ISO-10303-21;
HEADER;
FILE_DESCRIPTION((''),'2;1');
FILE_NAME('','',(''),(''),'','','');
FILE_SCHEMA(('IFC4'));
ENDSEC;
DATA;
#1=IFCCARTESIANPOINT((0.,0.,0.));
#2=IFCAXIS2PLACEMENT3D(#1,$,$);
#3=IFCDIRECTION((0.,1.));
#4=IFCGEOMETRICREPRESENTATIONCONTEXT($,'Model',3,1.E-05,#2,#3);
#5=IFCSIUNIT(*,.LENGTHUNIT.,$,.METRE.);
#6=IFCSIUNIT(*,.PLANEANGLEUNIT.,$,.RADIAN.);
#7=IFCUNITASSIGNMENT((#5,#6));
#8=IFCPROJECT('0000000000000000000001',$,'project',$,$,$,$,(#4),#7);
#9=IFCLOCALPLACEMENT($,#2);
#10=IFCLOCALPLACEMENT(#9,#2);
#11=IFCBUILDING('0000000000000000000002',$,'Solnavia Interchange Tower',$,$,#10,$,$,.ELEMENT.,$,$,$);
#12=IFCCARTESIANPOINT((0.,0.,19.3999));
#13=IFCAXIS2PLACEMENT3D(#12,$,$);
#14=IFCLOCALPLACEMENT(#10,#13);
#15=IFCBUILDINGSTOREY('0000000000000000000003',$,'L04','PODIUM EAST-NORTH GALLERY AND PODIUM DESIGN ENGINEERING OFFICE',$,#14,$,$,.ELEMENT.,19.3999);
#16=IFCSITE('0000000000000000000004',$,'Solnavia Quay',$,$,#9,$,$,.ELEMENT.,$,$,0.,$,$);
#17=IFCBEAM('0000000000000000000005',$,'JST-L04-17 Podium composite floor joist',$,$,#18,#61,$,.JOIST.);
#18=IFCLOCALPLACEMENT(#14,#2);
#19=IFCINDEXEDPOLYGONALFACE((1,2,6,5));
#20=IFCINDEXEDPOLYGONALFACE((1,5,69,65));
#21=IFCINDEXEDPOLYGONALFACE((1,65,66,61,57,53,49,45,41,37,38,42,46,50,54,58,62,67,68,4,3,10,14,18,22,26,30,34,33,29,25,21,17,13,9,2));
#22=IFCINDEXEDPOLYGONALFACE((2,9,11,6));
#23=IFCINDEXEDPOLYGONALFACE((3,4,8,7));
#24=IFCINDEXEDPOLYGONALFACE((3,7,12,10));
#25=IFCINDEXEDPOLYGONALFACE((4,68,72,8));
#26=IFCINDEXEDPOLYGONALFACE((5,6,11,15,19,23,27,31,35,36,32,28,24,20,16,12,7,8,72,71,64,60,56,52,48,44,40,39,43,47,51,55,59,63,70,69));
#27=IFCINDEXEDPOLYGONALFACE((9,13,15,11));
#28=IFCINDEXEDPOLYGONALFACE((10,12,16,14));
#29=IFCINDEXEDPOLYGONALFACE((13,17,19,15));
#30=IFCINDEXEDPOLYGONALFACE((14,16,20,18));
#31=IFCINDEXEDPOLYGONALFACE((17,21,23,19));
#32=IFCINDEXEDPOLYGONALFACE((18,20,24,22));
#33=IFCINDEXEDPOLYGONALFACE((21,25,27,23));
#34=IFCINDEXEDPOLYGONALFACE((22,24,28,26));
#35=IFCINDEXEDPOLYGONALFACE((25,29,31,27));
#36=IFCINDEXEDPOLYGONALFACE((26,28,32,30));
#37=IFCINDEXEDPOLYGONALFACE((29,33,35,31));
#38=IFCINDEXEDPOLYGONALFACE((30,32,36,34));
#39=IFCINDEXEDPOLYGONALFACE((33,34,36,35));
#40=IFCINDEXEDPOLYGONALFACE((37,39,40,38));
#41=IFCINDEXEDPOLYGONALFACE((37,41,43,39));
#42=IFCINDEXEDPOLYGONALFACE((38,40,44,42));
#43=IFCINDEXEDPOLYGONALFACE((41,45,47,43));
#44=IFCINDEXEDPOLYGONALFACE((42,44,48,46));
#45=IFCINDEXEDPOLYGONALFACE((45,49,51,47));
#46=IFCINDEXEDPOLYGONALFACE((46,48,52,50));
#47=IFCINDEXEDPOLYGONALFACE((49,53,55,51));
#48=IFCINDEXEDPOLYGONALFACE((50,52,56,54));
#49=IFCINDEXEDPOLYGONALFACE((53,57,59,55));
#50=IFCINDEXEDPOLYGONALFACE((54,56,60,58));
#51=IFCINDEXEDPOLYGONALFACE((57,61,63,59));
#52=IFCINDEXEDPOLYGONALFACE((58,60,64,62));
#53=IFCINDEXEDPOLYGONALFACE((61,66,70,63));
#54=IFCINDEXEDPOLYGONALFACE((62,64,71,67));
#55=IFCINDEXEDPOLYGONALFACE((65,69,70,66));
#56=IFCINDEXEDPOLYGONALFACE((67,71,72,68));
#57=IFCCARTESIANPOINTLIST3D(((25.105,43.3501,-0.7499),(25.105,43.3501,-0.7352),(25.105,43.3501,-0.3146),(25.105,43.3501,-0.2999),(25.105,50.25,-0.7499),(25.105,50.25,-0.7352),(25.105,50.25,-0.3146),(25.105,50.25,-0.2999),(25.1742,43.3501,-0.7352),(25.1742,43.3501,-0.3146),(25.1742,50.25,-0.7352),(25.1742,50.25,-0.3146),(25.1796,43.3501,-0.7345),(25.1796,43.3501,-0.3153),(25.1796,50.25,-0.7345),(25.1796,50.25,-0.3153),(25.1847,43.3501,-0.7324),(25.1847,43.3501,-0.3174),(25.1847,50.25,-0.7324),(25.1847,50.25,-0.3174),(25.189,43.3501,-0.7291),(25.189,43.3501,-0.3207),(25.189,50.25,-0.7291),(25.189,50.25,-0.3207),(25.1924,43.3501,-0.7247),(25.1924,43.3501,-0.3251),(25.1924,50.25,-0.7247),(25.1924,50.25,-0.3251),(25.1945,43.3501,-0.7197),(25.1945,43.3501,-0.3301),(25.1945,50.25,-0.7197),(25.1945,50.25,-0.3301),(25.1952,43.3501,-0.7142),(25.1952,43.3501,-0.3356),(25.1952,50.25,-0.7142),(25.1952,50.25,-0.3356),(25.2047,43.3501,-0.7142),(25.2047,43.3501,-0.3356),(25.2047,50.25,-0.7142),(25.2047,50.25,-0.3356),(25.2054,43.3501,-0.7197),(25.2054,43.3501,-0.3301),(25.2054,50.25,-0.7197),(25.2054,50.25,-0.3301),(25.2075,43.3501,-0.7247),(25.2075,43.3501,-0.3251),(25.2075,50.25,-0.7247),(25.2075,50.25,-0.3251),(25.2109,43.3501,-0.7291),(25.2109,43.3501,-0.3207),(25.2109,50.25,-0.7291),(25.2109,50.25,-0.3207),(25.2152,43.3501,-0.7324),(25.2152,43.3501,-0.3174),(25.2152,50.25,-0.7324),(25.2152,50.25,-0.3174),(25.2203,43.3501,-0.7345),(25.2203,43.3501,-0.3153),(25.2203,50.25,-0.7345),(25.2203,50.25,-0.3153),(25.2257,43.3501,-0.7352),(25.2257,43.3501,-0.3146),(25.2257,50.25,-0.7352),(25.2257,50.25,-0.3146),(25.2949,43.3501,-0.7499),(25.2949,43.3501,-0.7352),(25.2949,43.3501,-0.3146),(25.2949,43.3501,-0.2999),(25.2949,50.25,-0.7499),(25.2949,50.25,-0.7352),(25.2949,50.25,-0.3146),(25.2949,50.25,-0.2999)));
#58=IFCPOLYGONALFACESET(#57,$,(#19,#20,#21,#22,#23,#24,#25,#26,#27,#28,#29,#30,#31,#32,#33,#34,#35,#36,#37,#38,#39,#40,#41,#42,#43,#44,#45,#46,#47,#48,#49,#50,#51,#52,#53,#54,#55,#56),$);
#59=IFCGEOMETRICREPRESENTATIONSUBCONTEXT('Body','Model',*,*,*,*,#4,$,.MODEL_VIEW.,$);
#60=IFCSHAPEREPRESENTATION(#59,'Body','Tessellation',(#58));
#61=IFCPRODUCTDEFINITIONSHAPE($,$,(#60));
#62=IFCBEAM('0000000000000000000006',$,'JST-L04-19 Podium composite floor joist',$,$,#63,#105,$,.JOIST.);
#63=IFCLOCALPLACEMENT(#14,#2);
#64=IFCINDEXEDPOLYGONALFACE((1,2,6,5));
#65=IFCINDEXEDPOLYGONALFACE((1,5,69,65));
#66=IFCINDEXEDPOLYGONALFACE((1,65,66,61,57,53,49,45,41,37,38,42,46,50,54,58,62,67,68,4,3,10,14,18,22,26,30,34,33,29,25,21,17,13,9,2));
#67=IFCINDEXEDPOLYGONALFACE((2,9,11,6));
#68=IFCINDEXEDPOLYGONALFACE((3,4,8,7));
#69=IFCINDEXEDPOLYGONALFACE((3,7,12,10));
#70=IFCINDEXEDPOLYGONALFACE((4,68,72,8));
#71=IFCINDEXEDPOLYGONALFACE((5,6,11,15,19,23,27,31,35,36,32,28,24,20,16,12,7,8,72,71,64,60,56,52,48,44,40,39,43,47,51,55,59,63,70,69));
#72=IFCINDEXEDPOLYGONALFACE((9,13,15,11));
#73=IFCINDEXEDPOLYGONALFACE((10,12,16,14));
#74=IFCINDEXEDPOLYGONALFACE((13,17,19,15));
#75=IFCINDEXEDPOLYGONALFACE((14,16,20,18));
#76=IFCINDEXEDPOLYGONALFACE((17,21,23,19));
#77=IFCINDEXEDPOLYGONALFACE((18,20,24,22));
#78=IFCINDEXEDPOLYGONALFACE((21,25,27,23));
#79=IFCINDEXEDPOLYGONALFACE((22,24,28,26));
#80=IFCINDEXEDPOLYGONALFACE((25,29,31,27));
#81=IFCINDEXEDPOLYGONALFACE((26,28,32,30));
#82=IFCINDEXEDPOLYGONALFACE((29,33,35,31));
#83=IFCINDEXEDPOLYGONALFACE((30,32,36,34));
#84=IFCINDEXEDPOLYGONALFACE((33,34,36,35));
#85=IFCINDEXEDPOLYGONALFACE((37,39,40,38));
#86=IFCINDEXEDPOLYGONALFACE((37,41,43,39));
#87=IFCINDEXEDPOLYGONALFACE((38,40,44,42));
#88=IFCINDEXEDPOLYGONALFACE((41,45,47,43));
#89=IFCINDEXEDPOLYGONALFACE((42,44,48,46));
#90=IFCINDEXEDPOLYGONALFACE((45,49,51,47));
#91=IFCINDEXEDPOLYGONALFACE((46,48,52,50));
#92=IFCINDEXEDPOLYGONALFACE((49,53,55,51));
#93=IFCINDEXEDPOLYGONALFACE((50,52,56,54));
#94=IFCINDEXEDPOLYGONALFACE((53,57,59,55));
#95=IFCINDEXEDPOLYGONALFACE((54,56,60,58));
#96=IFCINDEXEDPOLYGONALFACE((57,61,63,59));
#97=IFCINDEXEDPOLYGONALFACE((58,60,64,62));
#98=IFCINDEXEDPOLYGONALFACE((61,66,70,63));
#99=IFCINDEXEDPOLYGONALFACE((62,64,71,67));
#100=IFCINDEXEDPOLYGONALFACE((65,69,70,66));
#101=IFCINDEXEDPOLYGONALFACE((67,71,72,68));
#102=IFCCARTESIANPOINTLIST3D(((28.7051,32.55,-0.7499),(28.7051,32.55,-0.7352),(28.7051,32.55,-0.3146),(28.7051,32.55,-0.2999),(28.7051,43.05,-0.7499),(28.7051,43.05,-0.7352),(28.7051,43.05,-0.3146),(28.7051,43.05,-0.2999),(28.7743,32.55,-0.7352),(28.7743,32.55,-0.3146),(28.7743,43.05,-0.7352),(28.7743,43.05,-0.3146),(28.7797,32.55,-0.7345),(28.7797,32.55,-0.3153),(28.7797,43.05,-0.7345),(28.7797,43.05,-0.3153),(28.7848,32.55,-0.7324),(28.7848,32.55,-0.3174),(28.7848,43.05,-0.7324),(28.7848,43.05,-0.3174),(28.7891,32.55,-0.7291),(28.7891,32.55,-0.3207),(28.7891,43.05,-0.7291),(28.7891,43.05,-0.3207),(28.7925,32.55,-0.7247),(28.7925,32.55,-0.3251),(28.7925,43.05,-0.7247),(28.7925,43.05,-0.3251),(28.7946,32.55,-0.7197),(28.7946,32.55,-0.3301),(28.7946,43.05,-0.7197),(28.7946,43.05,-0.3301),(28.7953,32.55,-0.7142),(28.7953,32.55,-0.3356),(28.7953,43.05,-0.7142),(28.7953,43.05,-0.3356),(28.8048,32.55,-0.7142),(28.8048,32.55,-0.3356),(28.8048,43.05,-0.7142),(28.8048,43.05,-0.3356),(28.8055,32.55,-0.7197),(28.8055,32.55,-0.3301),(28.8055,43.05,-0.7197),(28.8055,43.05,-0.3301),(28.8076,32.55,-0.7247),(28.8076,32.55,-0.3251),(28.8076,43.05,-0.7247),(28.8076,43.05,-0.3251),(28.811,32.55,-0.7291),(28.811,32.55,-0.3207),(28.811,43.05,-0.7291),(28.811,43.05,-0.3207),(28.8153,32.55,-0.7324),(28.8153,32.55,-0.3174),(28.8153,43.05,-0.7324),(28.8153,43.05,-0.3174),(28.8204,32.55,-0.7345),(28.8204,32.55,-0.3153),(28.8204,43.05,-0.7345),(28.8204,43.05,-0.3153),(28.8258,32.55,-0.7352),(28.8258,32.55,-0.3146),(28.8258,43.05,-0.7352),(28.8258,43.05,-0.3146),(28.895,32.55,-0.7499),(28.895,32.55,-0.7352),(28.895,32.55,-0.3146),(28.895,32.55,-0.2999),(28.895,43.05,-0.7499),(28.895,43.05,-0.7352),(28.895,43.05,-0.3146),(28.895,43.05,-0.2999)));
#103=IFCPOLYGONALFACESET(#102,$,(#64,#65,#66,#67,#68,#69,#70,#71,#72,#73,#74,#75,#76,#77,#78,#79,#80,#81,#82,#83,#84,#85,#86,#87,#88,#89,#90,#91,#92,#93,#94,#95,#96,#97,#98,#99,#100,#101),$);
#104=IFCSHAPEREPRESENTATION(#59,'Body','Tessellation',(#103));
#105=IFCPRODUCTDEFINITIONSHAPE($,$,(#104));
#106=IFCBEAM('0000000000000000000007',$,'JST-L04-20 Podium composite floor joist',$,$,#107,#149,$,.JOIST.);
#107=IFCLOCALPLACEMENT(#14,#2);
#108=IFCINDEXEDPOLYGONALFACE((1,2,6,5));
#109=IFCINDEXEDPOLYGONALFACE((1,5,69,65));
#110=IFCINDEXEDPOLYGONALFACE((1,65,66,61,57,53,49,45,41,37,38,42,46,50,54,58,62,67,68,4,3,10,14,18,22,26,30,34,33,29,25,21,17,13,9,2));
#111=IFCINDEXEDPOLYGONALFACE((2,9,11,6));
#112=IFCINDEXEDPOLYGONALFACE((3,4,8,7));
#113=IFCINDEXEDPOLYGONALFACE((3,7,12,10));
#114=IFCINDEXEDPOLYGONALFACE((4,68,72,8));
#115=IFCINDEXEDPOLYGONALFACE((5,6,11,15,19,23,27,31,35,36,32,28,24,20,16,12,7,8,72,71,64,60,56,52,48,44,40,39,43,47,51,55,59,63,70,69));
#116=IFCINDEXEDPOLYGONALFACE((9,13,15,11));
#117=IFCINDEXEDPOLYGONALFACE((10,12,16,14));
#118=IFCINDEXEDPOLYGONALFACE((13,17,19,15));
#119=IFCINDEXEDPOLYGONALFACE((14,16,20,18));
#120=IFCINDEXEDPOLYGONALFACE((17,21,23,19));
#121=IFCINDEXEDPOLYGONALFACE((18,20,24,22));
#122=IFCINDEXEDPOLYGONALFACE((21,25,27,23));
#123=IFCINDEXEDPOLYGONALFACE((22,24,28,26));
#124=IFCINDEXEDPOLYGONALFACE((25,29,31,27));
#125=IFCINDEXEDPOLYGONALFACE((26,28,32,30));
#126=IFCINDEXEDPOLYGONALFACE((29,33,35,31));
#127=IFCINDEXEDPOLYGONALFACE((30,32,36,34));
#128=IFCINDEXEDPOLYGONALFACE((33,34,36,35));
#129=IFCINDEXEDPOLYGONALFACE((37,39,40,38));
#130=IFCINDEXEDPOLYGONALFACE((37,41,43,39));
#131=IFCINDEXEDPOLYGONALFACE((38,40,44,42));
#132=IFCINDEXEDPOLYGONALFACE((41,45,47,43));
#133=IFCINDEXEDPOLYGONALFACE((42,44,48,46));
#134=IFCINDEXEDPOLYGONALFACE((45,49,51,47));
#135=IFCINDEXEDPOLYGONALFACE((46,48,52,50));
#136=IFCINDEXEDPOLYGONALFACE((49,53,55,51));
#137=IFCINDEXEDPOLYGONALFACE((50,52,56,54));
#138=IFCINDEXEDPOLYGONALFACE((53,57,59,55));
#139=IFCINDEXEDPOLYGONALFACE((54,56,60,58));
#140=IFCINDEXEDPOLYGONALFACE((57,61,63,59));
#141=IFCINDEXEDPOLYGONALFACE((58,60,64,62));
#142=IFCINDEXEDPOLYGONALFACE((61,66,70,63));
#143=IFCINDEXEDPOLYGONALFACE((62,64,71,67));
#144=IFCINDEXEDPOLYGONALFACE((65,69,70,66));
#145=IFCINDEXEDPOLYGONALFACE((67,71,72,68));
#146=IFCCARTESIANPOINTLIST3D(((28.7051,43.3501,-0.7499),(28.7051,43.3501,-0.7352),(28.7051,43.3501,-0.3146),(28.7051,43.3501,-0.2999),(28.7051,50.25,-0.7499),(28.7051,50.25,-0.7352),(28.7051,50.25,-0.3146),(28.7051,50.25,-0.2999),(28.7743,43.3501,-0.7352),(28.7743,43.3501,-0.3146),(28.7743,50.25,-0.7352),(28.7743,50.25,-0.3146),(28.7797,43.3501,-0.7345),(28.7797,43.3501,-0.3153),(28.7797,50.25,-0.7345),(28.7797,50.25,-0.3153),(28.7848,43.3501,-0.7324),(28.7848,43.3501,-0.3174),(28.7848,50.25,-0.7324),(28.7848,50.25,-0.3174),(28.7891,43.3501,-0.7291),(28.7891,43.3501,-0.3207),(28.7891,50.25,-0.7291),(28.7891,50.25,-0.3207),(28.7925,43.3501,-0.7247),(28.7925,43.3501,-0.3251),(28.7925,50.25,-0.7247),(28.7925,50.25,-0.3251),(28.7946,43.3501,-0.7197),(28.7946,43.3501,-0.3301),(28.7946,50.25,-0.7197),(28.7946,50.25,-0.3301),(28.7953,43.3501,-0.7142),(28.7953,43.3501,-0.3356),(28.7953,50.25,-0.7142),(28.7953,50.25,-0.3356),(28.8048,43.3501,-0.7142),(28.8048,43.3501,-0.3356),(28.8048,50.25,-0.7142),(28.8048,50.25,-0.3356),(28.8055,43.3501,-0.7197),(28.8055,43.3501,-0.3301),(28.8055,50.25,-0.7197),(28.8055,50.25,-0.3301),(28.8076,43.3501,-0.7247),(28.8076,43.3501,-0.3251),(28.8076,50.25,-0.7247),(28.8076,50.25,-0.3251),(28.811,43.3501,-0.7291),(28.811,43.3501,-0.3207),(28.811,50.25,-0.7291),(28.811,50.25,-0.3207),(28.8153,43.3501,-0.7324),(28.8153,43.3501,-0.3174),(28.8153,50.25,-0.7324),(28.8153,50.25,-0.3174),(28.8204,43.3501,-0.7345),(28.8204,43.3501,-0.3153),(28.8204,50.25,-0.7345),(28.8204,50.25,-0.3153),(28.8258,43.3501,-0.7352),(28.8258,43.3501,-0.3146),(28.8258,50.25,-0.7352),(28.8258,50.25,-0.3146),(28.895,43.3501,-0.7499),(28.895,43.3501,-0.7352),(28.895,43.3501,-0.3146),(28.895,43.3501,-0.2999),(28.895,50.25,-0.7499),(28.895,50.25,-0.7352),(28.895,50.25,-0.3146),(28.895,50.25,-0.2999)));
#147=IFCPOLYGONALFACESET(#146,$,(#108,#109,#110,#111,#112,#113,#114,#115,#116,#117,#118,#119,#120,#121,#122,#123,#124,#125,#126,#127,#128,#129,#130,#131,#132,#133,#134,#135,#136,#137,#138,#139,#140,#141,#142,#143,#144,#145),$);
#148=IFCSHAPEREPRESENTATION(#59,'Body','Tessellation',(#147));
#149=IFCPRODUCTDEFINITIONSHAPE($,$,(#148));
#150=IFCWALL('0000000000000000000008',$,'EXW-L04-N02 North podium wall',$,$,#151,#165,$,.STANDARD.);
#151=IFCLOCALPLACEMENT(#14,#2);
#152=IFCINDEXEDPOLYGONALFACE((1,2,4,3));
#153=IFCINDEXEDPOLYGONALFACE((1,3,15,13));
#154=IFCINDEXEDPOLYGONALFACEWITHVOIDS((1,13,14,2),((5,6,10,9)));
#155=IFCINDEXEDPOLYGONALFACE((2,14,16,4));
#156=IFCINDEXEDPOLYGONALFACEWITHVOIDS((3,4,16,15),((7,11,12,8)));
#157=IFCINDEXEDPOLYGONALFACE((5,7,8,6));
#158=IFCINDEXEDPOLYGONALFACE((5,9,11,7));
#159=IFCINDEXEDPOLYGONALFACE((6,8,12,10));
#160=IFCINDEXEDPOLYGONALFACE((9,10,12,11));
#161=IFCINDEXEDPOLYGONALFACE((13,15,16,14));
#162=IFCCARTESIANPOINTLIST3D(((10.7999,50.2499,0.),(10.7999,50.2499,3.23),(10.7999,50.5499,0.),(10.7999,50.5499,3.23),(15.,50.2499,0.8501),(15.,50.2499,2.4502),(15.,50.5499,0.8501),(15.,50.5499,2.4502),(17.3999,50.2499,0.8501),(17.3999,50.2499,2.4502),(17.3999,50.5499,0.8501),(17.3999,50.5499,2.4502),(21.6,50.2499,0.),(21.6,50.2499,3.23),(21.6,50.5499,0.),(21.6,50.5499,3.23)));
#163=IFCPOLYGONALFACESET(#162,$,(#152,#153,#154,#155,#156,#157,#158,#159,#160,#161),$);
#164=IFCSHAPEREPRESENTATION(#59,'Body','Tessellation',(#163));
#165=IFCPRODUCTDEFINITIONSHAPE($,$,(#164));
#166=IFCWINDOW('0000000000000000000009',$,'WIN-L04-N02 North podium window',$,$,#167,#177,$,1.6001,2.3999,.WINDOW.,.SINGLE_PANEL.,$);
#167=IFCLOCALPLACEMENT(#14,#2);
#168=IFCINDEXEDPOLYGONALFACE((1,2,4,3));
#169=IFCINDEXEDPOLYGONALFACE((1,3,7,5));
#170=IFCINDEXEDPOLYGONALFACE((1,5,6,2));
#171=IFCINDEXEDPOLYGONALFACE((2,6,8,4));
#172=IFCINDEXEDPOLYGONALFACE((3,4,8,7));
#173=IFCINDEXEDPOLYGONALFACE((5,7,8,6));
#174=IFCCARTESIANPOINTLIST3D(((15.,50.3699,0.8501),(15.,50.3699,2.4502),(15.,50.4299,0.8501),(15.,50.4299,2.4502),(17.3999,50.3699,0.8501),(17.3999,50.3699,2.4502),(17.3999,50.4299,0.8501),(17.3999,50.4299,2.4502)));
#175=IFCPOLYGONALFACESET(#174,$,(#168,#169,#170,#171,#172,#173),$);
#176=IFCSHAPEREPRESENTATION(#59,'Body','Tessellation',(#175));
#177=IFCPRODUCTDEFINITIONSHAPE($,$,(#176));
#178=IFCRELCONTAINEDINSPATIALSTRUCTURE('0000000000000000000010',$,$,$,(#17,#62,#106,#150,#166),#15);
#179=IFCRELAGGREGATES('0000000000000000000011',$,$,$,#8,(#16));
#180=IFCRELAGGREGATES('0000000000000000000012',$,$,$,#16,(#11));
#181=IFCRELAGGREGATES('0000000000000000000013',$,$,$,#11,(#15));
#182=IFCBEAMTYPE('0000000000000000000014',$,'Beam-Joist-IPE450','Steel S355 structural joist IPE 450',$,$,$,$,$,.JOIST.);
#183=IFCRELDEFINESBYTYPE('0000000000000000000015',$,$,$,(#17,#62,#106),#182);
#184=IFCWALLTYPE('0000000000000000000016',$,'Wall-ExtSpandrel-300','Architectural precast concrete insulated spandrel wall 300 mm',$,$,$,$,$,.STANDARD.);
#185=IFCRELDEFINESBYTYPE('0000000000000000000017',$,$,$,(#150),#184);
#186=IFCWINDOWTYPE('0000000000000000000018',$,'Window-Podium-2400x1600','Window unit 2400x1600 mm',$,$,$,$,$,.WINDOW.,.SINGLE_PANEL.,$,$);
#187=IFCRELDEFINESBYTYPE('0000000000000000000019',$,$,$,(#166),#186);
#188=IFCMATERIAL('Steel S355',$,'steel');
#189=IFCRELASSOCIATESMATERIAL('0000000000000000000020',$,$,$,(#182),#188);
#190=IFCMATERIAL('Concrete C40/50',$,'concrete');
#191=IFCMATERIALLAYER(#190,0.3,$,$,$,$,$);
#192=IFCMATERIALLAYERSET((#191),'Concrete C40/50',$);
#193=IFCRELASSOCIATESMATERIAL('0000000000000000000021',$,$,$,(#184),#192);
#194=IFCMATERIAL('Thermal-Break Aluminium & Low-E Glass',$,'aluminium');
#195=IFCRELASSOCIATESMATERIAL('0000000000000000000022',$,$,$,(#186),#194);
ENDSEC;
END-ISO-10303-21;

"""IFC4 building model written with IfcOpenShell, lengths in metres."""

from ifc_helpers import new_model, si_unit, direction, frame, frame_2d, origin, origin_2d, place, context, subcontext, project, spatial, rectangle, i_section, extrude, material, layer, layer_set, material_profile, profile_set, type_object, element, fill, save


model = new_model("IFC4")

# Units and contexts
model_context = context("Model", 3, precision=1e-05, world=origin(), true_north=direction((0.0, 1.0)))
body_context = subcontext(model_context, "Body", "Model", "MODEL_VIEW")
ifc_project = project(units=[si_unit("LENGTHUNIT", "METRE"), si_unit("PLANEANGLEUNIT", "RADIAN")], contexts=[model_context])

# Site, building, storey
site_placement = place(None, origin())
site = spatial("IfcSite", under=ifc_project, at=site_placement, Name="Solnavia Quay", CompositionType="ELEMENT", RefElevation=0.0)
building_placement = place(site_placement, origin())
building = spatial("IfcBuilding", under=site, at=building_placement, Name="Solnavia Interchange Tower", CompositionType="ELEMENT")
storey_placement = place(building_placement, frame((0.0, 0.0, 19.3999)))
storey = spatial("IfcBuildingStorey", under=building, at=storey_placement, Name="L04", Description="PODIUM EAST-NORTH GALLERY AND PODIUM DESIGN ENGINEERING OFFICE", CompositionType="ELEMENT", Elevation=19.3999)

# Beams
ifc_material_1 = material(Name="Steel S355", Category="steel")
ifc_material_profile_1 = material_profile(ifc_material_1, i_section(OverallWidth=0.1899, OverallDepth=0.45, WebThickness=0.0095, FlangeThickness=0.0146, FilletRadius=0.021, at=origin_2d()), Name="IPE 450")
ifc_profile_set_1 = profile_set([ifc_material_profile_1], Name="Steel S355")
beam_type_1 = type_object("IfcBeamType", Name="Beam-Joist-IPE450", Description="Steel S355 structural joist IPE 450", PredefinedType="JOIST", material=ifc_profile_set_1)
beam_1_placement = place(storey_placement, frame((25.2, 43.3501, -0.5249), z_axis=(0.0, 1.0, 0.0), x_axis=(-1.0, 0.0, 0.0)))
element("IfcBeam", 1, at=beam_1_placement, inside=storey, type_object=beam_type_1, Name="JST-L04-17 Podium composite floor joist", PredefinedType="JOIST", context=body_context, shape_type="SweptSolid", body=[
    extrude(i_section(OverallWidth=0.1899, OverallDepth=0.45, WebThickness=0.0095, FlangeThickness=0.0146, FilletRadius=0.021, at=origin_2d()), origin(), (0.0, 0.0, 1.0), 6.8999),
])
beam_2_placement = place(storey_placement, frame((28.8, 32.55, -0.5249), z_axis=(0.0, 1.0, 0.0), x_axis=(-1.0, 0.0, 0.0)))
element("IfcBeam", 2, at=beam_2_placement, inside=storey, type_object=beam_type_1, Name="JST-L04-19 Podium composite floor joist", PredefinedType="JOIST", context=body_context, shape_type="SweptSolid", body=[
    extrude(i_section(OverallWidth=0.1899, OverallDepth=0.45, WebThickness=0.0095, FlangeThickness=0.0146, FilletRadius=0.021, at=origin_2d()), origin(), (0.0, 0.0, 1.0), 10.5),
])
beam_3_placement = place(storey_placement, frame((28.8, 43.3501, -0.5249), z_axis=(0.0, 1.0, 0.0), x_axis=(-1.0, 0.0, 0.0)))
element("IfcBeam", 3, at=beam_3_placement, inside=storey, type_object=beam_type_1, Name="JST-L04-20 Podium composite floor joist", PredefinedType="JOIST", context=body_context, shape_type="SweptSolid", body=[
    extrude(i_section(OverallWidth=0.1899, OverallDepth=0.45, WebThickness=0.0095, FlangeThickness=0.0146, FilletRadius=0.021, at=origin_2d()), origin(), (0.0, 0.0, 1.0), 6.8999),
])

# Wall, opening, window
ifc_material_2 = material(Name="Concrete C40/50", Category="concrete")
ifc_layer_1 = layer(ifc_material_2, 0.3)
ifc_layer_set_1 = layer_set([ifc_layer_1], Name="Concrete C40/50")
wall_type_1 = type_object("IfcWallType", Name="Wall-ExtSpandrel-300", Description="Architectural precast concrete insulated spandrel wall 300 mm", PredefinedType="STANDARD", material=ifc_layer_set_1)
wall_1_placement = place(storey_placement, frame((10.8, 50.3999, 0.0), z_axis=(0.0, 0.0, 1.0), x_axis=(1.0, 0.0, 0.0)))
wall_1 = element("IfcWall", 4, at=wall_1_placement, inside=storey, type_object=wall_type_1, Name="EXW-L04-N02 North podium wall", PredefinedType="STANDARD", context=body_context, shape_type="SweptSolid", body=[
    extrude(rectangle(XDim=10.8, YDim=0.3, at=frame_2d((5.3999, 0.0))), origin(), (0.0, 0.0, 1.0), 3.23),
])
opening_1_placement = place(wall_1_placement, frame((4.2, 0.0, 0.8501)))
opening_1 = element("IfcOpeningElement", 5, at=opening_1_placement, cuts=wall_1, PredefinedType="OPENING", context=body_context, shape_type="SweptSolid", body=[
    extrude(rectangle(XDim=2.3999, YDim=1.6001, at=frame_2d((1.2, 0.8))), frame((0.0, 0.1602, 0.0), z_axis=(0.0, -1.0, 0.0), x_axis=(1.0, 0.0, 0.0)), (0.0, 0.0, 1.0), 0.3201),
])
ifc_material_3 = material(Name="Thermal-Break Aluminium & Low-E Glass", Category="aluminium")
window_type = type_object("IfcWindowType", Name="Window-Podium-2400x1600", Description="Window unit 2400x1600 mm", PartitioningType="SINGLE_PANEL", PredefinedType="WINDOW", material=ifc_material_3)
window_1_placement = place(opening_1_placement, origin())
window_1 = element("IfcWindow", 6, at=window_1_placement, inside=storey, type_object=window_type, Name="WIN-L04-N02 North podium window", OverallHeight=1.6001, OverallWidth=2.3999, PartitioningType="SINGLE_PANEL", PredefinedType="WINDOW", context=body_context, shape_type="SweptSolid", body=[
    extrude(rectangle(XDim=2.3999, YDim=1.6001, at=frame_2d((1.2, 0.8))), frame((0.0, 0.03, 0.0), z_axis=(0.0, -1.0, 0.0), x_axis=(1.0, 0.0, 0.0)), (0.0, 0.0, 1.0), 0.0601),
])
fill(opening_1, window_1)

save(model, "model.ifc")
